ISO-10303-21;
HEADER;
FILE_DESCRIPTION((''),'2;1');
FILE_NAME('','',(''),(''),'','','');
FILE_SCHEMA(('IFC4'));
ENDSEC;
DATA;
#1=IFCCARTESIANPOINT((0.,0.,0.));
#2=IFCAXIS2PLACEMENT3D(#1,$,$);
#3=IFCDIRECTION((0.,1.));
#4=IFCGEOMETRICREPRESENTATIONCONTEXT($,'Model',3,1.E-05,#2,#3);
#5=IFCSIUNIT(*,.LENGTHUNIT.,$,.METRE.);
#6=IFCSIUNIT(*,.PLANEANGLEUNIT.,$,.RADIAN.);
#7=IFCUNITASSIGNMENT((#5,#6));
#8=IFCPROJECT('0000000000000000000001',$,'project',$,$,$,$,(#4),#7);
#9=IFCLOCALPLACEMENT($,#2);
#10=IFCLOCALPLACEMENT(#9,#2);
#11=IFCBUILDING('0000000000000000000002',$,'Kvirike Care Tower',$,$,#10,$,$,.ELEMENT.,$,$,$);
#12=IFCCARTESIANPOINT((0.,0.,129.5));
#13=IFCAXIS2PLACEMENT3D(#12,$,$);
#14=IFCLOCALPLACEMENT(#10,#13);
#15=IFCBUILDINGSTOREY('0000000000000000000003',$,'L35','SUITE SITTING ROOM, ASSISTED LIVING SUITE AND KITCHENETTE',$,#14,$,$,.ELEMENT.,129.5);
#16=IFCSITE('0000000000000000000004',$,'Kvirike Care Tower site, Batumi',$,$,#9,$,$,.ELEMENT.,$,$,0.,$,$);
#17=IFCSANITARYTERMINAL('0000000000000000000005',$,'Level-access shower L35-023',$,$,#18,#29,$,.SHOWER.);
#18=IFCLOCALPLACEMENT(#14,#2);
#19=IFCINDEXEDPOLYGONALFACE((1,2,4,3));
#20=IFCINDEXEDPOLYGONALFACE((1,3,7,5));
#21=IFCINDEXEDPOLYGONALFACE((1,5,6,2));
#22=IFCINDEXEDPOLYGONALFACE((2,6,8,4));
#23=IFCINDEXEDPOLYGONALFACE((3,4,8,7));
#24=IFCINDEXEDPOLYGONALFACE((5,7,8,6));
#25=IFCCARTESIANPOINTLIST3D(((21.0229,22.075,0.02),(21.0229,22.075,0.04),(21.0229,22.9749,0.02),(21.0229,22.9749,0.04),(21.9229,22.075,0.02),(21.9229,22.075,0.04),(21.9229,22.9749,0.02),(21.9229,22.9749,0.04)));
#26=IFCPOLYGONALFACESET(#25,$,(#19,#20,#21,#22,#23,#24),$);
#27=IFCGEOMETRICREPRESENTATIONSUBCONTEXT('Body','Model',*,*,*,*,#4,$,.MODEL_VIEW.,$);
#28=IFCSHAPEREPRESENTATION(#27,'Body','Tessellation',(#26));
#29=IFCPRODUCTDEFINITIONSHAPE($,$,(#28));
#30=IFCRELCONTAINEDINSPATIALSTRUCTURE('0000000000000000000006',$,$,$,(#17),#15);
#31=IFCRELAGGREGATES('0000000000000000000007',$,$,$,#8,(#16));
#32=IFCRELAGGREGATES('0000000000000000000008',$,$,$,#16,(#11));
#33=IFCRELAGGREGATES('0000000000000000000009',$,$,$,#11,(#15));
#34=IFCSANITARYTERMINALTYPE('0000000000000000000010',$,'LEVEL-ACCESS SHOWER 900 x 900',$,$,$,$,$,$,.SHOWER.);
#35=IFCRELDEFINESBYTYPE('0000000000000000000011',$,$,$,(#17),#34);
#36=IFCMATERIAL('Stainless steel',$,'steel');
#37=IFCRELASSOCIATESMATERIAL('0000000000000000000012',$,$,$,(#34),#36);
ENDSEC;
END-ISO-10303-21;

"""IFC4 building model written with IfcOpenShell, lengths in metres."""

from ifc_helpers import new_model, si_unit, direction, frame, origin, origin_2d, place, context, subcontext, project, spatial, rectangle, extrude, material, type_object, element, save


model = new_model("IFC4")

# Units and contexts
model_context = context("Model", 3, precision=1e-05, world=origin(), true_north=direction((0.0, 1.0)))
body_context = subcontext(model_context, "Body", "Model", "MODEL_VIEW")
ifc_project = project(units=[si_unit("LENGTHUNIT", "METRE"), si_unit("PLANEANGLEUNIT", "RADIAN")], contexts=[model_context])

# Site, building, storey
site_placement = place(None, origin())
site = spatial("IfcSite", under=ifc_project, at=site_placement, Name="Kvirike Care Tower site, Batumi", CompositionType="ELEMENT", RefElevation=0.0)
building_placement = place(site_placement, origin())
building = spatial("IfcBuilding", under=site, at=building_placement, Name="Kvirike Care Tower", CompositionType="ELEMENT")
storey_placement = place(building_placement, frame((0.0, 0.0, 129.5)))
storey = spatial("IfcBuildingStorey", under=building, at=storey_placement, Name="L35", Description="SUITE SITTING ROOM, ASSISTED LIVING SUITE AND KITCHENETTE", CompositionType="ELEMENT", Elevation=129.5)

# Sanitary terminal
ifc_material_1 = material(Name="Stainless steel", Category="steel")
sanitary_terminal_type_1 = type_object("IfcSanitaryTerminalType", Name="LEVEL-ACCESS SHOWER 900 x 900", PredefinedType="SHOWER", material=ifc_material_1)
sanitary_terminal_1_placement = place(storey_placement, frame((21.4729, 22.5249, 0.02), z_axis=(0.0, 0.0, 1.0), x_axis=(0.0, -1.0, 0.0)))
element("IfcSanitaryTerminal", 1, at=sanitary_terminal_1_placement, inside=storey, type_object=sanitary_terminal_type_1, Name="Level-access shower L35-023", PredefinedType="SHOWER", context=body_context, shape_type="SweptSolid", body=[
    extrude(rectangle(XDim=0.8999, YDim=0.8999, at=origin_2d()), origin(), (0.0, 0.0, 1.0), 0.02),
])

save(model, "model.ifc")
